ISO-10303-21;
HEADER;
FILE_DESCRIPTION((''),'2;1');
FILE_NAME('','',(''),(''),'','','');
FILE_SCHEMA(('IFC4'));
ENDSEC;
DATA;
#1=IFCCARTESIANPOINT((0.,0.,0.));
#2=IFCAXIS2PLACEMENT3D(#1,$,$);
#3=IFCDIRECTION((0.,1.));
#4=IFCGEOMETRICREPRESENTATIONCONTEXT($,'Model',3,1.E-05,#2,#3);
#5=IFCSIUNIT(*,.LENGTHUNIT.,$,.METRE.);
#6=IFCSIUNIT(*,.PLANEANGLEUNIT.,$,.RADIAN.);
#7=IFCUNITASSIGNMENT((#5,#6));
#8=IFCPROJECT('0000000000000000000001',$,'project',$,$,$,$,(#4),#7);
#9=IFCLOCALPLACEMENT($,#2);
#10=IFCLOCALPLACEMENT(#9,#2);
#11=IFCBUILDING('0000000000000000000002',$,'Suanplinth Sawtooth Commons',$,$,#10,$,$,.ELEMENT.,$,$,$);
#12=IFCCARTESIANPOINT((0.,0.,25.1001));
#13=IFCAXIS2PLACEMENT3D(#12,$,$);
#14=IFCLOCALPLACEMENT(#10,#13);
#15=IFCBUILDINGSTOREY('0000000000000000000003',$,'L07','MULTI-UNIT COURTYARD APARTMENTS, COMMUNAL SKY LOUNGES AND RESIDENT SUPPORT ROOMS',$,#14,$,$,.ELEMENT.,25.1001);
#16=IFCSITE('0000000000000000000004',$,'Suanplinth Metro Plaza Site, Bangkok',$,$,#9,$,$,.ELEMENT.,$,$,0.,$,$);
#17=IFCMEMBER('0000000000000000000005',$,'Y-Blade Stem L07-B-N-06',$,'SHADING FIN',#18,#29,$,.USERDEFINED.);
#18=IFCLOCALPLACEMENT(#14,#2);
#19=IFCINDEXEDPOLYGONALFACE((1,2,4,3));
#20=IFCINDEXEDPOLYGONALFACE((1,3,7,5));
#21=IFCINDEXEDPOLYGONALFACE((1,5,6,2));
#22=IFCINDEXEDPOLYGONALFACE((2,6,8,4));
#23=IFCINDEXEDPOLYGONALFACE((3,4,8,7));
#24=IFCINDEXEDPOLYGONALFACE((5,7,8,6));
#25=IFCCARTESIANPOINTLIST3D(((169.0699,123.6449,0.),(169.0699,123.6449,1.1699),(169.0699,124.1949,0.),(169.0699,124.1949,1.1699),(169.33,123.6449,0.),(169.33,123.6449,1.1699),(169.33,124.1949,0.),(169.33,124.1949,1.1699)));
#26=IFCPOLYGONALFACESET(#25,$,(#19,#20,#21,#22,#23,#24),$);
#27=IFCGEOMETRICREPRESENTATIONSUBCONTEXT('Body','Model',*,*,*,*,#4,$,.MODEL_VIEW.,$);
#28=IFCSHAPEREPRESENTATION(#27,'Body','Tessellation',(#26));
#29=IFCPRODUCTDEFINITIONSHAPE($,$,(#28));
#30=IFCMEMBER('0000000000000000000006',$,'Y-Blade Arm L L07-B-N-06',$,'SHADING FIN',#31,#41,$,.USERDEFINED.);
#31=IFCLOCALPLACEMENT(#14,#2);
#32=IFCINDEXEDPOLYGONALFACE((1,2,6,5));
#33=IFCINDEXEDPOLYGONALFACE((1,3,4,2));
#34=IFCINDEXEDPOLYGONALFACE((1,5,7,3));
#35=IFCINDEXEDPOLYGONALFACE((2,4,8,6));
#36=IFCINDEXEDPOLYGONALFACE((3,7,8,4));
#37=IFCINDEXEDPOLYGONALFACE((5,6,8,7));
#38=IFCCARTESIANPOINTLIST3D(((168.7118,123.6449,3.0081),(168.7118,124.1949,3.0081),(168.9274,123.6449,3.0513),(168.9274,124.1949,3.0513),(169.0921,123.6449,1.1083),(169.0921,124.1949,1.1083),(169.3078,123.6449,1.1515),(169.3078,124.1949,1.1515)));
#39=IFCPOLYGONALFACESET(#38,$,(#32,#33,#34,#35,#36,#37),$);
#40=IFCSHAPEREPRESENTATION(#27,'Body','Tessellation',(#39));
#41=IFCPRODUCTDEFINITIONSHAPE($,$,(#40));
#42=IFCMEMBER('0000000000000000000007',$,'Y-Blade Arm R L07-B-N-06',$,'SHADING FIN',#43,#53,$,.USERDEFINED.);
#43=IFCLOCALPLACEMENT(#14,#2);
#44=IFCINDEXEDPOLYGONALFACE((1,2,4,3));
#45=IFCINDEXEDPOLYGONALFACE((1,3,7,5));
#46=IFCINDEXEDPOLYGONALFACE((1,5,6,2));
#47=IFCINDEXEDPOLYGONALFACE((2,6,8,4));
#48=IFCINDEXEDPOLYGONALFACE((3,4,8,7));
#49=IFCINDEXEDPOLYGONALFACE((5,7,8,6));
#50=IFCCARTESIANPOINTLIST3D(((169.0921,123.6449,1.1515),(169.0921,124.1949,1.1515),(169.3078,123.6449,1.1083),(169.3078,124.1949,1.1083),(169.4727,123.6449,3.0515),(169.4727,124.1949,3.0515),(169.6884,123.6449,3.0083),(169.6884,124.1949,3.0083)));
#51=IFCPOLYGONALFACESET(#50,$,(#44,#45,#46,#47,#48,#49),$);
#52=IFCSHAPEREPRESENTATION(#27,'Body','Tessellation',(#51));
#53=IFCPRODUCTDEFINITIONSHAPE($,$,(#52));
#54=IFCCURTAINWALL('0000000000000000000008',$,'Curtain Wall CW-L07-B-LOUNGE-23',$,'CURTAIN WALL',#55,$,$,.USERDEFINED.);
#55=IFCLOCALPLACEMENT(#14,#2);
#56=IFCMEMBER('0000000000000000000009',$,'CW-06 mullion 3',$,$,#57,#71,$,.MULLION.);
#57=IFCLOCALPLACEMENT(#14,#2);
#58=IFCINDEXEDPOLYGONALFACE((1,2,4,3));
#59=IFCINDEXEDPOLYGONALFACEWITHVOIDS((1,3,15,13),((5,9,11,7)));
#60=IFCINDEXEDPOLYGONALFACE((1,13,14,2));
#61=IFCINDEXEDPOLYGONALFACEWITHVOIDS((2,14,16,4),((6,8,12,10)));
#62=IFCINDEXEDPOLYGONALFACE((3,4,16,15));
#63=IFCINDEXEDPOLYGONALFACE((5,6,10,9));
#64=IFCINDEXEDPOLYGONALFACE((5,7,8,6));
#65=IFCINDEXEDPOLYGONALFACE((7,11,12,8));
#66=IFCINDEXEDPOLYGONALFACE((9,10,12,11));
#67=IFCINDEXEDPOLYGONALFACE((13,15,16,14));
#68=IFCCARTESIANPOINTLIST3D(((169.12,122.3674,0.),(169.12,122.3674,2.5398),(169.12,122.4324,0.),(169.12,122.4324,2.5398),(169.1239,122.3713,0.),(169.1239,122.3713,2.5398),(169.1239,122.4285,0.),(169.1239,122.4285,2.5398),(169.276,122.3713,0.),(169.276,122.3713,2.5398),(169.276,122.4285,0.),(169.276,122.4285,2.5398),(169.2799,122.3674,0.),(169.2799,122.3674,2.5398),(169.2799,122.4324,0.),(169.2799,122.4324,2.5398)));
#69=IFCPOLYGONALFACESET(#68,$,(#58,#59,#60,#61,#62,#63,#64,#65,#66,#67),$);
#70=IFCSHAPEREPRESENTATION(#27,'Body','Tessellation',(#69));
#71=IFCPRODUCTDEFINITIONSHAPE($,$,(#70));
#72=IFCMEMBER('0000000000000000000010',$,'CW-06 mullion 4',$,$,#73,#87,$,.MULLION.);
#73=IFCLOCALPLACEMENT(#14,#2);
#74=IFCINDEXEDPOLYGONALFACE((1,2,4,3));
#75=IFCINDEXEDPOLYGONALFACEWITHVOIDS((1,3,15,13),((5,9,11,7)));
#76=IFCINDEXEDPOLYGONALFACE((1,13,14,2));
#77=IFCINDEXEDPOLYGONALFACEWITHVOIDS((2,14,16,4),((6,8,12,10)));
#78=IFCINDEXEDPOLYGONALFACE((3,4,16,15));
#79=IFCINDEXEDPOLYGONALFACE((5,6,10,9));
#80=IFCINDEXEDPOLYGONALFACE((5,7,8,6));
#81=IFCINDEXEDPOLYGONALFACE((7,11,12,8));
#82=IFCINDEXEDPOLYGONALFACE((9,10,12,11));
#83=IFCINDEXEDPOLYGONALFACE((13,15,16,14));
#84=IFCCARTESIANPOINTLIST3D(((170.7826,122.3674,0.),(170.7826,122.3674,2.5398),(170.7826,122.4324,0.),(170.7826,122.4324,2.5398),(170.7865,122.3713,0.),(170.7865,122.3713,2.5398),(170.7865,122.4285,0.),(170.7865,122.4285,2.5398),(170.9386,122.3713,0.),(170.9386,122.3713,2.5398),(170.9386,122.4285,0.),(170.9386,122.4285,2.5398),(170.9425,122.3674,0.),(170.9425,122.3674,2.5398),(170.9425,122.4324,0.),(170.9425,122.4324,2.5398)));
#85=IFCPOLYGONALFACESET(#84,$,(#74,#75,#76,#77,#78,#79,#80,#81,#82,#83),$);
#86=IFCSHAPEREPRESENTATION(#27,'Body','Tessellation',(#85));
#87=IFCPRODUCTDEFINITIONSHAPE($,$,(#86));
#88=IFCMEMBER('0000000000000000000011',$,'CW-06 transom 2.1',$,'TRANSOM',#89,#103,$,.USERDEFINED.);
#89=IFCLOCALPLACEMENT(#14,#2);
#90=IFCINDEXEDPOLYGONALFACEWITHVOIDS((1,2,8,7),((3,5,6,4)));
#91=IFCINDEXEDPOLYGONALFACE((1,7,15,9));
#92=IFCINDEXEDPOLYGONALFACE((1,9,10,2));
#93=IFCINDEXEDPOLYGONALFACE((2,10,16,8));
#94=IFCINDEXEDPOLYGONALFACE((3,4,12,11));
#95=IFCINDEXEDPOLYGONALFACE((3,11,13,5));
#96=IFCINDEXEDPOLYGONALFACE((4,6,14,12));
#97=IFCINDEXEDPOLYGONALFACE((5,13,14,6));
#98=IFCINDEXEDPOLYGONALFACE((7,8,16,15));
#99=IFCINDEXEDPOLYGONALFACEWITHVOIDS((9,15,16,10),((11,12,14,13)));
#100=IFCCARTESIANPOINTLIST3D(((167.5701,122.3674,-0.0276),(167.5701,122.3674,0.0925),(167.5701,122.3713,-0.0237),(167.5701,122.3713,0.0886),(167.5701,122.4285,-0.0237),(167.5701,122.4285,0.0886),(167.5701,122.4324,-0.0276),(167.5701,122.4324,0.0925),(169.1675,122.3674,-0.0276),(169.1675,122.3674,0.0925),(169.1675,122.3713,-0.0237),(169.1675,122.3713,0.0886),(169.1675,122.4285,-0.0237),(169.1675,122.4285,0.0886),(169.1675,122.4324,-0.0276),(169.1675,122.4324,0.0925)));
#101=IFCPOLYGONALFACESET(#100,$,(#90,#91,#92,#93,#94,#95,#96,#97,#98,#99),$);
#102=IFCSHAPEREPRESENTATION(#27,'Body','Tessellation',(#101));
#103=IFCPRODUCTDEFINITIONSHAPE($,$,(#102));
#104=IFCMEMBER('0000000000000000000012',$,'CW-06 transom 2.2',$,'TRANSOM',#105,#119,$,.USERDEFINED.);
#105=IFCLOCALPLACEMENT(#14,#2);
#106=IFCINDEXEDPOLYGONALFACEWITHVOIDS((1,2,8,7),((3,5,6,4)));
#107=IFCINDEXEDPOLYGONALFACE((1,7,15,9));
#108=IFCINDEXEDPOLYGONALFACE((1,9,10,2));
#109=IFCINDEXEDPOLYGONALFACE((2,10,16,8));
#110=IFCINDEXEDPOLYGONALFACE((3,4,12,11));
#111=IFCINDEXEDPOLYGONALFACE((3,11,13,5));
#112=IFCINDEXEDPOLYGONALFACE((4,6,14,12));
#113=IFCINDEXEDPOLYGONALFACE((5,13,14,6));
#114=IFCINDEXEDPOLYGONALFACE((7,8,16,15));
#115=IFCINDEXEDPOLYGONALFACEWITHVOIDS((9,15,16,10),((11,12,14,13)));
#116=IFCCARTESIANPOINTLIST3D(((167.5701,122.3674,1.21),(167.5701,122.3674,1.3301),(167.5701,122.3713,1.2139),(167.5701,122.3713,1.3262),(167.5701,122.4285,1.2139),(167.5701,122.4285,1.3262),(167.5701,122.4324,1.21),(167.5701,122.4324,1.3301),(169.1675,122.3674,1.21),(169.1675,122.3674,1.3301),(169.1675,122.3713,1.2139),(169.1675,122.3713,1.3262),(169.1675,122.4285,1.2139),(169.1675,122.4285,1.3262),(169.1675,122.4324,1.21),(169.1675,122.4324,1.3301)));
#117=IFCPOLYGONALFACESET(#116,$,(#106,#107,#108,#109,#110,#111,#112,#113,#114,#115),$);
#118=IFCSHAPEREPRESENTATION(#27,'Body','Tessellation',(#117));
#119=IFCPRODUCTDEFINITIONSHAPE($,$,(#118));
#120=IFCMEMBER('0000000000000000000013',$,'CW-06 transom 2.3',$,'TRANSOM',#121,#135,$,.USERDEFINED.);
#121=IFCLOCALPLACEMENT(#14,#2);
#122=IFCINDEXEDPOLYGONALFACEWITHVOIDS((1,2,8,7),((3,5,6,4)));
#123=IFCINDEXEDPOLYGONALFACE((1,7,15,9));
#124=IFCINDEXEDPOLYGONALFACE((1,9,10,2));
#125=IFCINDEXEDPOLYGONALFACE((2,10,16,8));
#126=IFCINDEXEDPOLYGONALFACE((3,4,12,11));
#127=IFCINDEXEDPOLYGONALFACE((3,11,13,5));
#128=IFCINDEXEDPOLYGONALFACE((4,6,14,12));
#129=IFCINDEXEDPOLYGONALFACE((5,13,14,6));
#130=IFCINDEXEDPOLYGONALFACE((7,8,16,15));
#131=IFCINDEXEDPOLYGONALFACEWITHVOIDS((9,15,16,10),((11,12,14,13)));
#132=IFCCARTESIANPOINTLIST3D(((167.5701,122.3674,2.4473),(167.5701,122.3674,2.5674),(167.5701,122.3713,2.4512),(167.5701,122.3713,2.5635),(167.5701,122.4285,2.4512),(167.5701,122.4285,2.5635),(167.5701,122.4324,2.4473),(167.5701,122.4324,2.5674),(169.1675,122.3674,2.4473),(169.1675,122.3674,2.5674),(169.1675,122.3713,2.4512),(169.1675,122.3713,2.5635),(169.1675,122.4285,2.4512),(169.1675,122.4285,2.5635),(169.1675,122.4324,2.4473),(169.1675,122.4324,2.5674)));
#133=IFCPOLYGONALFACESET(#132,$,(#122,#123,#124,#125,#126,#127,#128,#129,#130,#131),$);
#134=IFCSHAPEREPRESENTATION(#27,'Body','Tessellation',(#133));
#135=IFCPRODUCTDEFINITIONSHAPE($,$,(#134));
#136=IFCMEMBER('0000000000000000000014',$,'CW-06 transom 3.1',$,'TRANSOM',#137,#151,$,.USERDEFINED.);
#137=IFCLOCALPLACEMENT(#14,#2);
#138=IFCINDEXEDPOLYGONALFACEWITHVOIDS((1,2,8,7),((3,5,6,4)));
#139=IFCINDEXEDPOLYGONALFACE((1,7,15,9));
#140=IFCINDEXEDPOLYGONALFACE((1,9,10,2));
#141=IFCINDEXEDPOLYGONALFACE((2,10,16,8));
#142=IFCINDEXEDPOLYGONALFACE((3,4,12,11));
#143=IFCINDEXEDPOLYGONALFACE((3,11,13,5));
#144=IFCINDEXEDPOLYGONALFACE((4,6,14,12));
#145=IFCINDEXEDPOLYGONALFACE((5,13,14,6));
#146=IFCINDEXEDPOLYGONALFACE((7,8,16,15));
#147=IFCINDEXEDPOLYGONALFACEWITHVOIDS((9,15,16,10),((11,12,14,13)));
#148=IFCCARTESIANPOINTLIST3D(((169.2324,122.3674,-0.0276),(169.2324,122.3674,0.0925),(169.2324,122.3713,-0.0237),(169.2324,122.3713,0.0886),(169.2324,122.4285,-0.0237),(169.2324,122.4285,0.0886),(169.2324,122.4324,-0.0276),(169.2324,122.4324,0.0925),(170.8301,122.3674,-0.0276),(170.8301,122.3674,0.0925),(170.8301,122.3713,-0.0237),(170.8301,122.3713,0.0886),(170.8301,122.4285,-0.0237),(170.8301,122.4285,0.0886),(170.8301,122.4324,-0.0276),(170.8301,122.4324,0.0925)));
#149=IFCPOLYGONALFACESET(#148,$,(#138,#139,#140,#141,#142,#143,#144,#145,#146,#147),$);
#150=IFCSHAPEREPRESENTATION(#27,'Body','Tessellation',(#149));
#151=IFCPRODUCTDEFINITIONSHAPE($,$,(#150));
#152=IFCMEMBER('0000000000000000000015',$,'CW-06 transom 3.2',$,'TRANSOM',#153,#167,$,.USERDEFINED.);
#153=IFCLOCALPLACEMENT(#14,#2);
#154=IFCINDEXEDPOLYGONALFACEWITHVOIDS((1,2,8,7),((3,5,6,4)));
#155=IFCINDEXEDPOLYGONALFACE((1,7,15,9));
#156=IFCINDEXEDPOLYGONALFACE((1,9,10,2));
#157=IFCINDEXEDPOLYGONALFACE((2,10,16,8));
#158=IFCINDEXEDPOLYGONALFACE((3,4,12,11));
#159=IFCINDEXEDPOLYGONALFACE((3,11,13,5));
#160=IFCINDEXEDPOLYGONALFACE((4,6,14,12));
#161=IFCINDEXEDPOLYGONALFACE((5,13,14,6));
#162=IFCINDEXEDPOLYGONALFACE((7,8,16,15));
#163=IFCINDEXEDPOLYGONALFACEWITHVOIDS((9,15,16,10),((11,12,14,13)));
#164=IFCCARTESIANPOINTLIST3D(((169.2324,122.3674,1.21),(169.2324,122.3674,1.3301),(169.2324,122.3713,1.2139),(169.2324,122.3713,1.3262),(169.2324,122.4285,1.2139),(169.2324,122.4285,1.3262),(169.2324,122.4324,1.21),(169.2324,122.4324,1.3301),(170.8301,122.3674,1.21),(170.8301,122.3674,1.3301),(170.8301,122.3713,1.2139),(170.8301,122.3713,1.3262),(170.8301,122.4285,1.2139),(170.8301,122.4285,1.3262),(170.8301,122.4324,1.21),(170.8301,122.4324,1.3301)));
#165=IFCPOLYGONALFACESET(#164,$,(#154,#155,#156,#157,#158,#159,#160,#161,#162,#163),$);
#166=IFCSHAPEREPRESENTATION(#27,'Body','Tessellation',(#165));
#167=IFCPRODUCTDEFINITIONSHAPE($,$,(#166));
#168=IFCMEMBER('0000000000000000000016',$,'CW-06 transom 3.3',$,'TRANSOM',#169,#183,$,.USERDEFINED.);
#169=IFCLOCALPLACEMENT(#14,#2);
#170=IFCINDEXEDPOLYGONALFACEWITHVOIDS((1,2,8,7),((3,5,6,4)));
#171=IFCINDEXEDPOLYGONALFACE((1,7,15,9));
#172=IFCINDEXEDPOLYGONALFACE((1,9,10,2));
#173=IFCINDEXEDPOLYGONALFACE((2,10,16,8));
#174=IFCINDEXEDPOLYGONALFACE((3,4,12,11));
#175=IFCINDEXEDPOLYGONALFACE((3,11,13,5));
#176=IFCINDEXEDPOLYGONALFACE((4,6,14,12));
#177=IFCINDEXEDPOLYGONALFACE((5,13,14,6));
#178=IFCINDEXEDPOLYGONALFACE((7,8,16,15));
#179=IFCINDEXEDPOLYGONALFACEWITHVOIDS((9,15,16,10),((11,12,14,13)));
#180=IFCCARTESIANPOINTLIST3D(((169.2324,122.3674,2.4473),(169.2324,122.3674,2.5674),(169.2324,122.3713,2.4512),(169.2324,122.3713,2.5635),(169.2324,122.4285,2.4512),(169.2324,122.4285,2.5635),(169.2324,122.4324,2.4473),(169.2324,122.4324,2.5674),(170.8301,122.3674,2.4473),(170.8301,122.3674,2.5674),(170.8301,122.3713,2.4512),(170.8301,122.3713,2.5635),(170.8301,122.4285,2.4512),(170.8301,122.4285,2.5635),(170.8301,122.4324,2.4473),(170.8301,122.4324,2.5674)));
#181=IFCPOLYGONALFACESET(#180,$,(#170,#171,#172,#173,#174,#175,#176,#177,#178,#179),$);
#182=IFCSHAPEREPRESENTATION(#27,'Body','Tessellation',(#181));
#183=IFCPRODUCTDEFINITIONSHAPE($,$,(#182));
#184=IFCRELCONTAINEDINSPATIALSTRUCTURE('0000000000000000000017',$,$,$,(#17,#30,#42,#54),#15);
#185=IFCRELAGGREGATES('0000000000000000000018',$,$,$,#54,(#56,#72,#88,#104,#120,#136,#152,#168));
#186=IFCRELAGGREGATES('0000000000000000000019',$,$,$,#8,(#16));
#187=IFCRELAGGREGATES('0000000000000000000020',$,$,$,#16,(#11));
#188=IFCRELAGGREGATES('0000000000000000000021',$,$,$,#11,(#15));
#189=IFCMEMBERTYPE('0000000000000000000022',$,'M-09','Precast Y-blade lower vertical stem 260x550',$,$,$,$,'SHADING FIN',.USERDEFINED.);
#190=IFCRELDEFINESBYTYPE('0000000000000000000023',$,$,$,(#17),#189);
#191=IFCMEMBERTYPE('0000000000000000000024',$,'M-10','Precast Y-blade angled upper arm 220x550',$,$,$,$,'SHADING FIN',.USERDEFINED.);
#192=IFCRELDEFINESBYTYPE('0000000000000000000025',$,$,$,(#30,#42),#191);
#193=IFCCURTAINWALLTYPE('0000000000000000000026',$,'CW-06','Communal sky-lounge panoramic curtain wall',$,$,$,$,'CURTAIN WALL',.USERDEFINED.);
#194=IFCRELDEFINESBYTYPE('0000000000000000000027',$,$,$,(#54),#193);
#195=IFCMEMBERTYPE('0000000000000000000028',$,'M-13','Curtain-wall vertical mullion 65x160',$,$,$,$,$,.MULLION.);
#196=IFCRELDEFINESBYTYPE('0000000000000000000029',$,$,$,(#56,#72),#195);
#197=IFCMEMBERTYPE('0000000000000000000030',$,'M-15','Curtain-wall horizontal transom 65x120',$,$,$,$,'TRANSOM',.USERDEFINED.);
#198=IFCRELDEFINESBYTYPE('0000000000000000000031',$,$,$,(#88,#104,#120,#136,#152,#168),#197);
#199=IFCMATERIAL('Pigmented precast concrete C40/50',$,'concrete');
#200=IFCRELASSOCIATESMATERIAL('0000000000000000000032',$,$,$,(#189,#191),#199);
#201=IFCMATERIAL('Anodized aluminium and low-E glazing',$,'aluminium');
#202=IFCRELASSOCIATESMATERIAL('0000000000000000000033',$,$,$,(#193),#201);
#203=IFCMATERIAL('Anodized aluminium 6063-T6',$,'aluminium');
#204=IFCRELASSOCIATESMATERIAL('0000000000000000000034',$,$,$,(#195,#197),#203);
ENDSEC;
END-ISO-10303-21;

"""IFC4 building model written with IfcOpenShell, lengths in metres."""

from ifc_helpers import new_model, si_unit, direction, frame, origin, origin_2d, place, context, subcontext, project, spatial, rectangle, hollow_rectangle, extrude, material, material_profile, profile_set, type_object, element, aggregate, save


model = new_model("IFC4")

# Units and contexts
model_context = context("Model", 3, precision=1e-05, world=origin(), true_north=direction((0.0, 1.0)))
body_context = subcontext(model_context, "Body", "Model", "MODEL_VIEW")
ifc_project = project(units=[si_unit("LENGTHUNIT", "METRE"), si_unit("PLANEANGLEUNIT", "RADIAN")], contexts=[model_context])

# Site, building, storey
site_placement = place(None, origin())
site = spatial("IfcSite", under=ifc_project, at=site_placement, Name="Suanplinth Metro Plaza Site, Bangkok", CompositionType="ELEMENT", RefElevation=0.0)
building_placement = place(site_placement, origin())
building = spatial("IfcBuilding", under=site, at=building_placement, Name="Suanplinth Sawtooth Commons", CompositionType="ELEMENT")
storey_placement = place(building_placement, frame((0.0, 0.0, 25.1001)))
storey = spatial("IfcBuildingStorey", under=building, at=storey_placement, Name="L07", Description="MULTI-UNIT COURTYARD APARTMENTS, COMMUNAL SKY LOUNGES AND RESIDENT SUPPORT ROOMS", CompositionType="ELEMENT", Elevation=25.1001)

# Members
ifc_material_1 = material(Name="Pigmented precast concrete C40/50", Category="concrete")
ifc_material_profile_1 = material_profile(ifc_material_1, rectangle(XDim=0.26, YDim=0.55, at=origin_2d()), Name="PC-FIN 260x550")
ifc_profile_set_1 = profile_set([ifc_material_profile_1], Name="Pigmented precast concrete C40/50")
member_type_1 = type_object("IfcMemberType", Name="M-09", Description="Precast Y-blade lower vertical stem 260x550", ElementType="SHADING FIN", PredefinedType="USERDEFINED", material=ifc_profile_set_1)
member_1_placement = place(storey_placement, frame((169.2, 123.9199, 0.0), z_axis=(0.0, 0.0, 1.0), x_axis=(1.0, 0.0, 0.0)))
element("IfcMember", 1, at=member_1_placement, inside=storey, type_object=member_type_1, Name="Y-Blade Stem L07-B-N-06", ObjectType="SHADING FIN", PredefinedType="USERDEFINED", context=body_context, shape_type="SweptSolid", body=[
    extrude(rectangle(XDim=0.26, YDim=0.55, at=origin_2d()), origin(), (0.0, 0.0, 1.0), 1.1699),
])
ifc_material_profile_2 = material_profile(ifc_material_1, rectangle(XDim=0.22, YDim=0.55, at=origin_2d()), Name="PC-FIN 220x550")
ifc_profile_set_2 = profile_set([ifc_material_profile_2], Name="Pigmented precast concrete C40/50")
member_type_2 = type_object("IfcMemberType", Name="M-10", Description="Precast Y-blade angled upper arm 220x550", ElementType="SHADING FIN", PredefinedType="USERDEFINED", material=ifc_profile_set_2)
member_2_placement = place(storey_placement, frame((169.2, 123.9199, 1.1299), z_axis=(-0.19631, 0.0, 0.980542), x_axis=(0.980542, 0.0, 0.19631)))
element("IfcMember", 2, at=member_2_placement, inside=storey, type_object=member_type_2, Name="Y-Blade Arm L L07-B-N-06", ObjectType="SHADING FIN", PredefinedType="USERDEFINED", context=body_context, shape_type="SweptSolid", body=[
    extrude(rectangle(XDim=0.22, YDim=0.55, at=origin_2d()), origin(), (0.0, 0.0, 1.0), 1.9375),
])
member_3_placement = place(storey_placement, frame((169.2, 123.9199, 1.1299), z_axis=(0.196431, 0.0, 0.980518), x_axis=(-0.980518, 0.0, 0.196431)))
element("IfcMember", 3, at=member_3_placement, inside=storey, type_object=member_type_2, Name="Y-Blade Arm R L07-B-N-06", ObjectType="SHADING FIN", PredefinedType="USERDEFINED", context=body_context, shape_type="SweptSolid", body=[
    extrude(rectangle(XDim=0.22, YDim=0.55, at=origin_2d()), origin(), (0.0, 0.0, 1.0), 1.9377),
])

# Curtain wall, members
ifc_material_2 = material(Name="Anodized aluminium and low-E glazing", Category="aluminium")
curtain_wall_type = type_object("IfcCurtainWallType", Name="CW-06", Description="Communal sky-lounge panoramic curtain wall", ElementType="CURTAIN WALL", PredefinedType="USERDEFINED", material=ifc_material_2)
curtain_wall_placement = place(storey_placement, origin())
curtain_wall = element("IfcCurtainWall", 4, at=curtain_wall_placement, inside=storey, type_object=curtain_wall_type, Name="Curtain Wall CW-L07-B-LOUNGE-23", ObjectType="CURTAIN WALL", PredefinedType="USERDEFINED")
ifc_material_3 = material(Name="Anodized aluminium 6063-T6", Category="aluminium")
ifc_material_profile_3 = material_profile(ifc_material_3, hollow_rectangle(XDim=0.0649, YDim=0.1599, WallThickness=0.0039, at=origin_2d()), Name="ALU-MUL 65x160")
ifc_profile_set_3 = profile_set([ifc_material_profile_3], Name="Anodized aluminium 6063-T6")
member_type_3 = type_object("IfcMemberType", Name="M-13", Description="Curtain-wall vertical mullion 65x160", PredefinedType="MULLION", material=ifc_profile_set_3)
member_4_placement = place(storey_placement, frame((169.2, 122.3999, 0.0), z_axis=(0.0, 0.0, 1.0), x_axis=(0.0, 1.0, 0.0)))
member_4 = element("IfcMember", 5, at=member_4_placement, type_object=member_type_3, Name="CW-06 mullion 3", PredefinedType="MULLION", context=body_context, shape_type="SweptSolid", body=[
    extrude(hollow_rectangle(XDim=0.0649, YDim=0.1599, WallThickness=0.0039, at=origin_2d()), origin(), (0.0, 0.0, 1.0), 2.5398),
])
member_5_placement = place(storey_placement, frame((170.8625, 122.3999, 0.0), z_axis=(0.0, 0.0, 1.0), x_axis=(0.0, 1.0, 0.0)))
member_5 = element("IfcMember", 6, at=member_5_placement, type_object=member_type_3, Name="CW-06 mullion 4", PredefinedType="MULLION", context=body_context, shape_type="SweptSolid", body=[
    extrude(hollow_rectangle(XDim=0.0649, YDim=0.1599, WallThickness=0.0039, at=origin_2d()), origin(), (0.0, 0.0, 1.0), 2.5398),
])
ifc_material_profile_4 = material_profile(ifc_material_3, hollow_rectangle(XDim=0.0649, YDim=0.1201, WallThickness=0.0039, at=origin_2d()), Name="ALU-TRN 65x120")
ifc_profile_set_4 = profile_set([ifc_material_profile_4], Name="Anodized aluminium 6063-T6")
member_type_4 = type_object("IfcMemberType", Name="M-15", Description="Curtain-wall horizontal transom 65x120", ElementType="TRANSOM", PredefinedType="USERDEFINED", material=ifc_profile_set_4)
member_6_placement = place(storey_placement, frame((167.5701, 122.3999, 0.0325), z_axis=(1.0, 0.0, 0.0), x_axis=(0.0, 1.0, 0.0)))
member_6 = element("IfcMember", 7, at=member_6_placement, type_object=member_type_4, Name="CW-06 transom 2.1", ObjectType="TRANSOM", PredefinedType="USERDEFINED", context=body_context, shape_type="SweptSolid", body=[
    extrude(hollow_rectangle(XDim=0.0649, YDim=0.1201, WallThickness=0.0039, at=origin_2d()), origin(), (0.0, 0.0, 1.0), 1.5974),
])
member_7_placement = place(storey_placement, frame((167.5701, 122.3999, 1.27), z_axis=(1.0, 0.0, 0.0), x_axis=(0.0, 1.0, 0.0)))
member_7 = element("IfcMember", 8, at=member_7_placement, type_object=member_type_4, Name="CW-06 transom 2.2", ObjectType="TRANSOM", PredefinedType="USERDEFINED", context=body_context, shape_type="SweptSolid", body=[
    extrude(hollow_rectangle(XDim=0.0649, YDim=0.1201, WallThickness=0.0039, at=origin_2d()), origin(), (0.0, 0.0, 1.0), 1.5974),
])
member_8_placement = place(storey_placement, frame((167.5701, 122.3999, 2.5073), z_axis=(1.0, 0.0, 0.0), x_axis=(0.0, 1.0, 0.0)))
member_8 = element("IfcMember", 9, at=member_8_placement, type_object=member_type_4, Name="CW-06 transom 2.3", ObjectType="TRANSOM", PredefinedType="USERDEFINED", context=body_context, shape_type="SweptSolid", body=[
    extrude(hollow_rectangle(XDim=0.0649, YDim=0.1201, WallThickness=0.0039, at=origin_2d()), origin(), (0.0, 0.0, 1.0), 1.5974),
])
member_9_placement = place(storey_placement, frame((169.2324, 122.3999, 0.0325), z_axis=(1.0, 0.0, 0.0), x_axis=(0.0, 1.0, 0.0)))
member_9 = element("IfcMember", 10, at=member_9_placement, type_object=member_type_4, Name="CW-06 transom 3.1", ObjectType="TRANSOM", PredefinedType="USERDEFINED", context=body_context, shape_type="SweptSolid", body=[
    extrude(hollow_rectangle(XDim=0.0649, YDim=0.1201, WallThickness=0.0039, at=origin_2d()), origin(), (0.0, 0.0, 1.0), 1.5977),
])
member_10_placement = place(storey_placement, frame((169.2324, 122.3999, 1.27), z_axis=(1.0, 0.0, 0.0), x_axis=(0.0, 1.0, 0.0)))
member_10 = element("IfcMember", 11, at=member_10_placement, type_object=member_type_4, Name="CW-06 transom 3.2", ObjectType="TRANSOM", PredefinedType="USERDEFINED", context=body_context, shape_type="SweptSolid", body=[
    extrude(hollow_rectangle(XDim=0.0649, YDim=0.1201, WallThickness=0.0039, at=origin_2d()), origin(), (0.0, 0.0, 1.0), 1.5977),
])
member_11_placement = place(storey_placement, frame((169.2324, 122.3999, 2.5073), z_axis=(1.0, 0.0, 0.0), x_axis=(0.0, 1.0, 0.0)))
member_11 = element("IfcMember", 12, at=member_11_placement, type_object=member_type_4, Name="CW-06 transom 3.3", ObjectType="TRANSOM", PredefinedType="USERDEFINED", context=body_context, shape_type="SweptSolid", body=[
    extrude(hollow_rectangle(XDim=0.0649, YDim=0.1201, WallThickness=0.0039, at=origin_2d()), origin(), (0.0, 0.0, 1.0), 1.5977),
])

aggregate(curtain_wall, [member_4, member_5, member_6, member_7, member_8, member_9, member_10, member_11])

save(model, "model.ifc")
